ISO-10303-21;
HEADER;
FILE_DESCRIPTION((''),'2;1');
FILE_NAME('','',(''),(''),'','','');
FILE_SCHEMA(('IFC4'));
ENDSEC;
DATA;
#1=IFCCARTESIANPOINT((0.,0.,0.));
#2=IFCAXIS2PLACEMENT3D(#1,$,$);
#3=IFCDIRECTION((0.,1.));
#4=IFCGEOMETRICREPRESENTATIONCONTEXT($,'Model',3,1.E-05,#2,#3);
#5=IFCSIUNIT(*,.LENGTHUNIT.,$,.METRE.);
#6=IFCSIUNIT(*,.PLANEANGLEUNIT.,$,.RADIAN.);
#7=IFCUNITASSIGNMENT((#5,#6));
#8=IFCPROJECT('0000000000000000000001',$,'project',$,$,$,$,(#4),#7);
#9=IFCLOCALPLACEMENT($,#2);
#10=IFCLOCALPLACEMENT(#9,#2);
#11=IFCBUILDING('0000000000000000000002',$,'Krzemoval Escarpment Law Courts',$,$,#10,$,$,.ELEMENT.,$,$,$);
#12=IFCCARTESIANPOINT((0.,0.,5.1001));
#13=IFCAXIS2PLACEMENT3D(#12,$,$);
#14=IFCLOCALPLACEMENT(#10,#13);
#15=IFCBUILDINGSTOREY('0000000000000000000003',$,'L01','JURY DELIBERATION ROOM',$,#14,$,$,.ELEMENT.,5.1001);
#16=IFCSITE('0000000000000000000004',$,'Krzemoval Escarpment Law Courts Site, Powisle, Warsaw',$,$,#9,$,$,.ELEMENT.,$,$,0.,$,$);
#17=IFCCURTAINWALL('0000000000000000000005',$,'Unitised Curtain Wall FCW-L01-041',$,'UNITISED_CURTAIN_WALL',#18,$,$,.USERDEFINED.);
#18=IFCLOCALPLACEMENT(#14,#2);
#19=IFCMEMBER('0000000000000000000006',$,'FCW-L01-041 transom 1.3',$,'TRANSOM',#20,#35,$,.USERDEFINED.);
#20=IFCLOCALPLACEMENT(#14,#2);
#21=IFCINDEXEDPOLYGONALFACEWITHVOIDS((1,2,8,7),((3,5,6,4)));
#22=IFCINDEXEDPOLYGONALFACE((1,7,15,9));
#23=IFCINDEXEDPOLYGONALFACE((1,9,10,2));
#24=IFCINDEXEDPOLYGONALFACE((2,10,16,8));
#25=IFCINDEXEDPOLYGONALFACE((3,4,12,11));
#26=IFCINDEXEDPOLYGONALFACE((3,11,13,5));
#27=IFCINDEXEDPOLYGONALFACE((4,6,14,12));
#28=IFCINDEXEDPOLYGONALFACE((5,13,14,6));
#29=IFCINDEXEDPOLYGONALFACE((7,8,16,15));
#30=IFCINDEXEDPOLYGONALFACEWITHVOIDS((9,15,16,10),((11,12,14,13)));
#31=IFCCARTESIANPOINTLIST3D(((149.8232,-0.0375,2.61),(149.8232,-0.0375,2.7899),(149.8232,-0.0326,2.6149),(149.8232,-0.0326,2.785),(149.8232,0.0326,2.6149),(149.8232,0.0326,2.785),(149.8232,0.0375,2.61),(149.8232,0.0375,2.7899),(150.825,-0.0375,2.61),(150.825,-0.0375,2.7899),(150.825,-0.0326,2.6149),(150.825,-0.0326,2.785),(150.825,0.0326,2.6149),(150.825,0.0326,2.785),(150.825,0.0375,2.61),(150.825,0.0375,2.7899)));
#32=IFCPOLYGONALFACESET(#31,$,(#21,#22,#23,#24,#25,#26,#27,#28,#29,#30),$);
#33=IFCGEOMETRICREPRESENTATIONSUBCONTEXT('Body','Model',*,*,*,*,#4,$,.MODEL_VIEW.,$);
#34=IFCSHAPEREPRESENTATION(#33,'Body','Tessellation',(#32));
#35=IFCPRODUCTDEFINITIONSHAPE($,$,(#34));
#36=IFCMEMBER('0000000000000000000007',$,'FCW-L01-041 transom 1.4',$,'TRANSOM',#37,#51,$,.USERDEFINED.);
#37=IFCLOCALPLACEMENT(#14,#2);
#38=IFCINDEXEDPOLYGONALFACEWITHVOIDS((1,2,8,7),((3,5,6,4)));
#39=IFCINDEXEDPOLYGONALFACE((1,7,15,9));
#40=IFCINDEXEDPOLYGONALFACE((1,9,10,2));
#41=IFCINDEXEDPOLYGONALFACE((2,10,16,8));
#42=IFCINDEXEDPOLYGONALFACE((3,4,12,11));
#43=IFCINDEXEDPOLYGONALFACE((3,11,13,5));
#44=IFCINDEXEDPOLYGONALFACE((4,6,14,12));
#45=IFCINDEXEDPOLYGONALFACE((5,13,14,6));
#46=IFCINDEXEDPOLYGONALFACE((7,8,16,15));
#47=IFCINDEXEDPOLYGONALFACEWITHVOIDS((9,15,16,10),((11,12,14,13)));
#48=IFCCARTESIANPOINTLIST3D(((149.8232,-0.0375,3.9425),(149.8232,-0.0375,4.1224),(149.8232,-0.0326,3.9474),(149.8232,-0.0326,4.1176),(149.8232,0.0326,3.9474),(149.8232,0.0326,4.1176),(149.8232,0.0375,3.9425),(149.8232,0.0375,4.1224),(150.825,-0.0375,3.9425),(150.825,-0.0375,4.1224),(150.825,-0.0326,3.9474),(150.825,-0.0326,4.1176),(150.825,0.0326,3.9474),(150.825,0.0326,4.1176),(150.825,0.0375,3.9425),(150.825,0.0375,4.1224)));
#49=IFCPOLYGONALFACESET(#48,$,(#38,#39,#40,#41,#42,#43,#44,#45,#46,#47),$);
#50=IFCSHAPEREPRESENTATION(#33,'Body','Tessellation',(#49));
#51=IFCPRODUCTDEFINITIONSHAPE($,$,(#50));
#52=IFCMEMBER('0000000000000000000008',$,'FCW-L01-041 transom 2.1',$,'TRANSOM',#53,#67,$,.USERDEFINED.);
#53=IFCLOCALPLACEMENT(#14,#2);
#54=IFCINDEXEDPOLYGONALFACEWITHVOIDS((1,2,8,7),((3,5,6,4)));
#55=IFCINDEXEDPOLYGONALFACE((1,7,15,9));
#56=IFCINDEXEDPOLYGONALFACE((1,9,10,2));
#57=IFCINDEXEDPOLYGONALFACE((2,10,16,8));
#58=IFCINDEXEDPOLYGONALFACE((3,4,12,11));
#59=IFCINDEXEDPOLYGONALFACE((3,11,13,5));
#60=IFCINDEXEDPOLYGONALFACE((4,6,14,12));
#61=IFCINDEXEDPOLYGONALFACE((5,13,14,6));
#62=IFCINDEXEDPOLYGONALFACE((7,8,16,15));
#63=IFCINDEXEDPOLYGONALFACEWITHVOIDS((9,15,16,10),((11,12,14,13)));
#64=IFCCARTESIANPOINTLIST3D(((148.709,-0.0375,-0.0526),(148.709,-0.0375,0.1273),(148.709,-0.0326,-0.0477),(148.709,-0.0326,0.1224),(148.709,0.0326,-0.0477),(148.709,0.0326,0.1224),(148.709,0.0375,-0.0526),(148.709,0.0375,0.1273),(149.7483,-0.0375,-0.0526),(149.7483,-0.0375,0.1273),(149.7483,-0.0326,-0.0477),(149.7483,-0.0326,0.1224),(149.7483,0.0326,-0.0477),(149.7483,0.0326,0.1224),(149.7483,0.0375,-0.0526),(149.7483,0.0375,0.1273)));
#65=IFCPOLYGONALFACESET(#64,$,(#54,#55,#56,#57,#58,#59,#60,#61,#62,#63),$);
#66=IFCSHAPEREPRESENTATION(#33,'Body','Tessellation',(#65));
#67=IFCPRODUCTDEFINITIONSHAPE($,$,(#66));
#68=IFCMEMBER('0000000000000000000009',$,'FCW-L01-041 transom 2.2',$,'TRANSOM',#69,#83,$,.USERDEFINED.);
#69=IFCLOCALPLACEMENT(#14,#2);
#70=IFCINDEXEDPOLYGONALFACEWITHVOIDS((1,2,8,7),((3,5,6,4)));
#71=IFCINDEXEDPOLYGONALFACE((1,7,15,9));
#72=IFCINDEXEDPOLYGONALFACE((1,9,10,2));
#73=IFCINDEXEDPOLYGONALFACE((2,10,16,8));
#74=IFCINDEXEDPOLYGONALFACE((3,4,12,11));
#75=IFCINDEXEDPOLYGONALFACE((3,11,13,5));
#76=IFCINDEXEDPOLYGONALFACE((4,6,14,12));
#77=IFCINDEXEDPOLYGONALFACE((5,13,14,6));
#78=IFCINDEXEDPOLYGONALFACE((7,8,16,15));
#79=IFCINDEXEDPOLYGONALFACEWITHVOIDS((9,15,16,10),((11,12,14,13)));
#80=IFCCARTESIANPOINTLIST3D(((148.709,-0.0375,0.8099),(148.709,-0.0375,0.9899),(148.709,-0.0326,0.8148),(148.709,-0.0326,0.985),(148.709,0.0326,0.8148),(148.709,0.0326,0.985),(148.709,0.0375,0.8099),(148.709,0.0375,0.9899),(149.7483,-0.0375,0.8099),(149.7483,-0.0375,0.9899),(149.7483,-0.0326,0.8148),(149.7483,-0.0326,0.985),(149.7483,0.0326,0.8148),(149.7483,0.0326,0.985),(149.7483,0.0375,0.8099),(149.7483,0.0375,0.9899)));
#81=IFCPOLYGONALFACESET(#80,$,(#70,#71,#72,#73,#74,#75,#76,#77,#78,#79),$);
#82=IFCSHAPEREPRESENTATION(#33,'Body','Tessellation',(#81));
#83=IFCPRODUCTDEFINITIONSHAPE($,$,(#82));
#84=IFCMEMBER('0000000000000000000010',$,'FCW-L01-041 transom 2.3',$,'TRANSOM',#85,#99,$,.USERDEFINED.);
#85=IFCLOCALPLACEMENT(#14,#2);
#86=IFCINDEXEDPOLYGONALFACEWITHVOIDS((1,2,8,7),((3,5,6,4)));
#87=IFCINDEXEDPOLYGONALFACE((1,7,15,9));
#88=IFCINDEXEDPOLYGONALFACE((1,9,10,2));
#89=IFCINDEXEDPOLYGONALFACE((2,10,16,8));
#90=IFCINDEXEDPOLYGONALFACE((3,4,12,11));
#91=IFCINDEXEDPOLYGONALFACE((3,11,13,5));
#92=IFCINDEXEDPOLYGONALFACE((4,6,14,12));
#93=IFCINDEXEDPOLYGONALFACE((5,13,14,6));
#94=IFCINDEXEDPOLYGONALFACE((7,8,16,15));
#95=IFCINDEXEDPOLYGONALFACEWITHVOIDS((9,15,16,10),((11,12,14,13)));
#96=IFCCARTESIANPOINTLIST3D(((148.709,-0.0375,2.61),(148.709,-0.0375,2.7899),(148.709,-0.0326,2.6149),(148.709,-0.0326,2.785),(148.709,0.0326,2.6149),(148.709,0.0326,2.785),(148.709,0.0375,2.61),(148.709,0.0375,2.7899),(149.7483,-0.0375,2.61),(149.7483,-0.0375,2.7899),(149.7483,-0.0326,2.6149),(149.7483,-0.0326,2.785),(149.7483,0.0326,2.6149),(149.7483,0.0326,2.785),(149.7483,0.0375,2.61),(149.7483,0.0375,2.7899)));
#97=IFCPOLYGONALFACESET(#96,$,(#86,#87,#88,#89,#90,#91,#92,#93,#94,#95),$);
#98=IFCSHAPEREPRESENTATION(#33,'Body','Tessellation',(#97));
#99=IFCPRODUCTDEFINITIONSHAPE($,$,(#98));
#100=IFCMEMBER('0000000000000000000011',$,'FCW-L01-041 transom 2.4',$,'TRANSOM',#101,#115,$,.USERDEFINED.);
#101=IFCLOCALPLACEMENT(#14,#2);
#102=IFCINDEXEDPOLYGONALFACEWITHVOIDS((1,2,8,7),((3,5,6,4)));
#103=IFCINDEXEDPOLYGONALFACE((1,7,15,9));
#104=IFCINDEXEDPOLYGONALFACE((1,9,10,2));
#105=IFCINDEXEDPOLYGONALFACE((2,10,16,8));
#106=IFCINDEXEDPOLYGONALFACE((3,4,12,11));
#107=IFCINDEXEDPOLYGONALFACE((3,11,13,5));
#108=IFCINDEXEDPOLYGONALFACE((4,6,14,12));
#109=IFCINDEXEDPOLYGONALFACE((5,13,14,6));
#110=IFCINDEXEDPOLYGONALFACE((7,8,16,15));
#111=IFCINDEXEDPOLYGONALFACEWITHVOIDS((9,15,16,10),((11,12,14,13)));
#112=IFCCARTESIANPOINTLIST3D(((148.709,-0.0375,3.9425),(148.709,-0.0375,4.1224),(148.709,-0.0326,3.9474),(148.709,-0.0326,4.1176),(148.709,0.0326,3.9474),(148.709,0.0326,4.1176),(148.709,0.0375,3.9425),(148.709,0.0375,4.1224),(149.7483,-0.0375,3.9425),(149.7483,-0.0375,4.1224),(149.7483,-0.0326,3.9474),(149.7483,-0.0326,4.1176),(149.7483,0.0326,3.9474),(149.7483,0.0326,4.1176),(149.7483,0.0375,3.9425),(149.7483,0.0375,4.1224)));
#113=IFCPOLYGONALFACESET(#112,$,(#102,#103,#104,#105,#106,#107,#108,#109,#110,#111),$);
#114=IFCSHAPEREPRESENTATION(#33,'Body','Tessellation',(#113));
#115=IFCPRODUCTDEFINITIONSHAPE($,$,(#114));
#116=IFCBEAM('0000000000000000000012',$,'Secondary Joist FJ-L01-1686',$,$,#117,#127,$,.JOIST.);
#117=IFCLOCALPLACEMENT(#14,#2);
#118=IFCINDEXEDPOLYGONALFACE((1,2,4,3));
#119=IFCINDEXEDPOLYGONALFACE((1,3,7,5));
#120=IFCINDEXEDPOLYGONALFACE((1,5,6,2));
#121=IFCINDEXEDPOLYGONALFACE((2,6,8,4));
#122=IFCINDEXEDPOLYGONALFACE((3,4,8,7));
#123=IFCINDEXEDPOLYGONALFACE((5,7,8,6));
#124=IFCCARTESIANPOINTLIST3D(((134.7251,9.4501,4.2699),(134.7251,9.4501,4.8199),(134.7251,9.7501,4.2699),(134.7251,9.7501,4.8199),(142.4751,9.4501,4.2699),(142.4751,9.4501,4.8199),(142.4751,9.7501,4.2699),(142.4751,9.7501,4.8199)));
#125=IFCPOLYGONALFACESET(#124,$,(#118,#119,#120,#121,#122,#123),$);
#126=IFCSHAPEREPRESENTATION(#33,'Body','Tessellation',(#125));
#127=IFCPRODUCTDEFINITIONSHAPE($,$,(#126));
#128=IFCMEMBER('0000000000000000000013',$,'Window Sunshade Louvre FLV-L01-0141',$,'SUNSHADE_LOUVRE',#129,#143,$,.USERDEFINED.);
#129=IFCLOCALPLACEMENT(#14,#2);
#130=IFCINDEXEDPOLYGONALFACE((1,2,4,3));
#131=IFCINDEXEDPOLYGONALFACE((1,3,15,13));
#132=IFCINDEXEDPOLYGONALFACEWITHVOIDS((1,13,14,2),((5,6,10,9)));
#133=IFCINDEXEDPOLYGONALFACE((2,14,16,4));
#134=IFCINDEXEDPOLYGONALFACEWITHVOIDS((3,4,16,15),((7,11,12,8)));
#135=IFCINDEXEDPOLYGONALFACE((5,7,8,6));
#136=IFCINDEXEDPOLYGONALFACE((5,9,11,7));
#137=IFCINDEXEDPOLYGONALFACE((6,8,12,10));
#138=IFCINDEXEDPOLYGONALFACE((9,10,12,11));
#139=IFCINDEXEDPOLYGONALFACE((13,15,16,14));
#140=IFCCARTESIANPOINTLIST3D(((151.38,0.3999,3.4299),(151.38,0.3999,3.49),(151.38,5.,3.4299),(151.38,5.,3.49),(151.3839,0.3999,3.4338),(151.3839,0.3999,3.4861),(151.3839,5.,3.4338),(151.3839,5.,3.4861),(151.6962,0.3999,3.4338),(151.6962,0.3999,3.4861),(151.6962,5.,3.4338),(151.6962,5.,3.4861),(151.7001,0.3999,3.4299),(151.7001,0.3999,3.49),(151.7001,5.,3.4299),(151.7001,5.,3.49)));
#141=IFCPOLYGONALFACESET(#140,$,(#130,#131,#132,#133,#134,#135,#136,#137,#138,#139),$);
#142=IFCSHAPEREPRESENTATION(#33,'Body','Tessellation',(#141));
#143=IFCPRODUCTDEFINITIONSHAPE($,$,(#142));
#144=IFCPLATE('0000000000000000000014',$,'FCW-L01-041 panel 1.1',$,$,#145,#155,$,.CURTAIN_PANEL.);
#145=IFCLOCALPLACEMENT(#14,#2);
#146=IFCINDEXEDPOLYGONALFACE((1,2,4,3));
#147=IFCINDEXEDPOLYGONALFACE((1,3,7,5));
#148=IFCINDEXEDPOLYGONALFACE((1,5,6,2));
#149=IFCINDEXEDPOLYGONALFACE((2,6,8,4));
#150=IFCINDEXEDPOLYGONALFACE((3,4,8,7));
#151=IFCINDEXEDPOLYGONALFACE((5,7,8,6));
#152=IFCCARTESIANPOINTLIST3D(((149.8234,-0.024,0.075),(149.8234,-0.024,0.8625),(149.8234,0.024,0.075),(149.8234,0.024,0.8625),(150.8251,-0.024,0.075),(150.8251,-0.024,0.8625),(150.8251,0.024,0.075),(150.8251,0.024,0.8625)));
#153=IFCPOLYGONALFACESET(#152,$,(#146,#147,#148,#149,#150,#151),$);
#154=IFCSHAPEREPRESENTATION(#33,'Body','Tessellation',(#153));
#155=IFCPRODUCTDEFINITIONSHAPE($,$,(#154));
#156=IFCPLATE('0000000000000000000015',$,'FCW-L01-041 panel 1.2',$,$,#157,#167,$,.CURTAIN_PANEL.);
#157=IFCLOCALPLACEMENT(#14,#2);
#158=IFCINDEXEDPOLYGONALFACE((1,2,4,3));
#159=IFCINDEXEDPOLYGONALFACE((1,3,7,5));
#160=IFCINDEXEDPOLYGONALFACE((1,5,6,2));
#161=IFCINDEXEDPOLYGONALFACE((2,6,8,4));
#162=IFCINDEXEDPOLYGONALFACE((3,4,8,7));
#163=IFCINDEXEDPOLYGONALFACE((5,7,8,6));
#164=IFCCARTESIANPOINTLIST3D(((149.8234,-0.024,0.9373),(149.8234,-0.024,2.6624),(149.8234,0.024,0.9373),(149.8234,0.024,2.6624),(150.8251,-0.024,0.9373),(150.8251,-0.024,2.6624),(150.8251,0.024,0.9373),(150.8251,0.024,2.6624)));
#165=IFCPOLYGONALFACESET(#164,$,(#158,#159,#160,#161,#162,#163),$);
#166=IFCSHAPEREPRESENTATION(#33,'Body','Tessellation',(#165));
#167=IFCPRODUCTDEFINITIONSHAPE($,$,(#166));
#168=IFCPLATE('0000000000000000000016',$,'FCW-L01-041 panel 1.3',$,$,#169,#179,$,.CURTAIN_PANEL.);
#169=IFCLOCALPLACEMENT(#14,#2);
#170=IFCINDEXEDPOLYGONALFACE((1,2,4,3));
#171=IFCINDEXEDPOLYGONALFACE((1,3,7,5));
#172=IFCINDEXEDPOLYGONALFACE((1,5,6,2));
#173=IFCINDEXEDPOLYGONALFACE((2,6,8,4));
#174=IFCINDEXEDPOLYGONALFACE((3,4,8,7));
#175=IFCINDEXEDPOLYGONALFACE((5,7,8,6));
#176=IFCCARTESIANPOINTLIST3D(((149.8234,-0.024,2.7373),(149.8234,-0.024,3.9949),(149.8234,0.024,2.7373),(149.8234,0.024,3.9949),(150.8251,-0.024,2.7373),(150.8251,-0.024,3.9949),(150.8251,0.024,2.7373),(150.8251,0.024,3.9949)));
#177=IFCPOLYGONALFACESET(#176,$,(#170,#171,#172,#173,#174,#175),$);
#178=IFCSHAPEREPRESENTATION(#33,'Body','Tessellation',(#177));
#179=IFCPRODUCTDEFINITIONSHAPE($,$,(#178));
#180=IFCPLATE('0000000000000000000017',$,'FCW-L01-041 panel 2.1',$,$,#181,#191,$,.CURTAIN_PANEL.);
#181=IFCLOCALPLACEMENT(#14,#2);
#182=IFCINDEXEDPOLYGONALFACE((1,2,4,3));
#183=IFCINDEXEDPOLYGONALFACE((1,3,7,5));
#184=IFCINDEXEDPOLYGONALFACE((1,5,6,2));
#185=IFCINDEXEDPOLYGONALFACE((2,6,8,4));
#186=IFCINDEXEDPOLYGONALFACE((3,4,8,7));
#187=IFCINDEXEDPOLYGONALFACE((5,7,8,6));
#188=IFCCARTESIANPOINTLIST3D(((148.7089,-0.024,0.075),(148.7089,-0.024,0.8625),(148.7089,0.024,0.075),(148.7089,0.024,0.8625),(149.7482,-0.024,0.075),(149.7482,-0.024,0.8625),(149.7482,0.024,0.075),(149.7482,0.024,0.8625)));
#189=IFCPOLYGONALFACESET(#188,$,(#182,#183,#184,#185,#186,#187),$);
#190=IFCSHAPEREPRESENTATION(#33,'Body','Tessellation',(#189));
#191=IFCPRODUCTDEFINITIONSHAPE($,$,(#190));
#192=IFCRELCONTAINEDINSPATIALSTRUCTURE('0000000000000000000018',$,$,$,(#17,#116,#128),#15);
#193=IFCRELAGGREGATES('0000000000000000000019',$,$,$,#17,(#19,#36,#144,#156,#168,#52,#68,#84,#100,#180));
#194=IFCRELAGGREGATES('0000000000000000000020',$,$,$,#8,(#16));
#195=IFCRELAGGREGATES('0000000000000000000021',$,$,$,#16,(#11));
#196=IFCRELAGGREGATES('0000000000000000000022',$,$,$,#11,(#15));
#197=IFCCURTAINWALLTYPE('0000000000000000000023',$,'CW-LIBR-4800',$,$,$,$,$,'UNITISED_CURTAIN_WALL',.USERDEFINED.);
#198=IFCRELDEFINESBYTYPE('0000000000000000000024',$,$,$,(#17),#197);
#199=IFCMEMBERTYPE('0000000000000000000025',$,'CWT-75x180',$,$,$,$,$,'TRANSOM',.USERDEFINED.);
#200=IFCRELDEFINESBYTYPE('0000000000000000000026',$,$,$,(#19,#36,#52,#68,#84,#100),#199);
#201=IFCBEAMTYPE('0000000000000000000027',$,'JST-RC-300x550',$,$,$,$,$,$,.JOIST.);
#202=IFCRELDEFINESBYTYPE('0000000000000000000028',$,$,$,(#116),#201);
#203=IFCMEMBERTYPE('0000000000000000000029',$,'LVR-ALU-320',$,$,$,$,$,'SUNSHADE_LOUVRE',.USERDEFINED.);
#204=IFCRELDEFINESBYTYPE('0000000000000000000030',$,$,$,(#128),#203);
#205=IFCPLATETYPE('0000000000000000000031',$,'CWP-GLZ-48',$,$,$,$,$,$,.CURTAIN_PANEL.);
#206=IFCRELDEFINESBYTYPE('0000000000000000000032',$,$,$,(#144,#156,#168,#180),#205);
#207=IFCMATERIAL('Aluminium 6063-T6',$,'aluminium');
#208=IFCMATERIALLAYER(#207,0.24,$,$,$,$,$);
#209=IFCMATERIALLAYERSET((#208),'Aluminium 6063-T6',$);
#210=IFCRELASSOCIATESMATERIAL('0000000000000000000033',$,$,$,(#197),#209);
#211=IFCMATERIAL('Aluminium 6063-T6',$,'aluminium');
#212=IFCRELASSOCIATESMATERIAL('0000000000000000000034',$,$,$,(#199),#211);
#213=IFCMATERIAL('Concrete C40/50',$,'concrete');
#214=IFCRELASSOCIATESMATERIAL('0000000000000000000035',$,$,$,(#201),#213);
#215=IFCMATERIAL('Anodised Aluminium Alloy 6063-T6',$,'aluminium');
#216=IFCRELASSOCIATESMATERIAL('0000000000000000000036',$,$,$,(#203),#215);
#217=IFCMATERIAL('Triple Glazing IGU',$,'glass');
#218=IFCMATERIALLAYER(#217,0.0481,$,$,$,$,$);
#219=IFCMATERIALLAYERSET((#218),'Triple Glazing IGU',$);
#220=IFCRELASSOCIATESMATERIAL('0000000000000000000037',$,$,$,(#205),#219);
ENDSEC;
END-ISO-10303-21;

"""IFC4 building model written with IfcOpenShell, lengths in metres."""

from ifc_helpers import new_model, si_unit, direction, frame, origin, origin_2d, place, context, subcontext, project, spatial, rectangle, hollow_rectangle, extrude, material, layer, layer_set, material_profile, profile_set, type_object, element, aggregate, save


model = new_model("IFC4")

# Units and contexts
model_context = context("Model", 3, precision=1e-05, world=origin(), true_north=direction((0.0, 1.0)))
body_context = subcontext(model_context, "Body", "Model", "MODEL_VIEW")
ifc_project = project(units=[si_unit("LENGTHUNIT", "METRE"), si_unit("PLANEANGLEUNIT", "RADIAN")], contexts=[model_context])

# Site, building, storey
site_placement = place(None, origin())
site = spatial("IfcSite", under=ifc_project, at=site_placement, Name="Krzemoval Escarpment Law Courts Site, Powisle, Warsaw", CompositionType="ELEMENT", RefElevation=0.0)
building_placement = place(site_placement, origin())
building = spatial("IfcBuilding", under=site, at=building_placement, Name="Krzemoval Escarpment Law Courts", CompositionType="ELEMENT")
storey_placement = place(building_placement, frame((0.0, 0.0, 5.1001)))
storey = spatial("IfcBuildingStorey", under=building, at=storey_placement, Name="L01", Description="JURY DELIBERATION ROOM", CompositionType="ELEMENT", Elevation=5.1001)

# Curtain wall, members
ifc_material_1 = material(Name="Aluminium 6063-T6", Category="aluminium")
ifc_layer_1 = layer(ifc_material_1, 0.24)
ifc_layer_set_1 = layer_set([ifc_layer_1], Name="Aluminium 6063-T6")
curtain_wall_type = type_object("IfcCurtainWallType", Name="CW-LIBR-4800", ElementType="UNITISED_CURTAIN_WALL", PredefinedType="USERDEFINED", material=ifc_layer_set_1)
curtain_wall_placement = place(storey_placement, origin())
curtain_wall = element("IfcCurtainWall", 1, at=curtain_wall_placement, inside=storey, type_object=curtain_wall_type, Name="Unitised Curtain Wall FCW-L01-041", ObjectType="UNITISED_CURTAIN_WALL", PredefinedType="USERDEFINED")
ifc_material_2 = material(Name="Aluminium 6063-T6", Category="aluminium")
ifc_material_profile_1 = material_profile(ifc_material_2, hollow_rectangle(XDim=0.075, YDim=0.1799, WallThickness=0.0049, at=origin_2d()), Name="ALU T75x180")
ifc_profile_set_1 = profile_set([ifc_material_profile_1], Name="Aluminium 6063-T6")
member_type_1 = type_object("IfcMemberType", Name="CWT-75x180", ElementType="TRANSOM", PredefinedType="USERDEFINED", material=ifc_profile_set_1)
member_1_placement = place(storey_placement, frame((150.825, 0.0, 2.7), z_axis=(-1.0, 0.0, 0.0), x_axis=(0.0, -1.0, 0.0)))
member_1 = element("IfcMember", 2, at=member_1_placement, type_object=member_type_1, Name="FCW-L01-041 transom 1.3", ObjectType="TRANSOM", PredefinedType="USERDEFINED", context=body_context, shape_type="SweptSolid", body=[
    extrude(hollow_rectangle(XDim=0.075, YDim=0.1799, WallThickness=0.0049, at=origin_2d()), origin(), (0.0, 0.0, 1.0), 1.0017),
])
member_2_placement = place(storey_placement, frame((150.825, 0.0, 4.0325), z_axis=(-1.0, 0.0, 0.0), x_axis=(0.0, -1.0, 0.0)))
member_2 = element("IfcMember", 3, at=member_2_placement, type_object=member_type_1, Name="FCW-L01-041 transom 1.4", ObjectType="TRANSOM", PredefinedType="USERDEFINED", context=body_context, shape_type="SweptSolid", body=[
    extrude(hollow_rectangle(XDim=0.075, YDim=0.1799, WallThickness=0.0049, at=origin_2d()), origin(), (0.0, 0.0, 1.0), 1.0017),
])
member_3_placement = place(storey_placement, frame((149.7483, 0.0, 0.0374), z_axis=(-1.0, 0.0, 0.0), x_axis=(0.0, -1.0, 0.0)))
member_3 = element("IfcMember", 4, at=member_3_placement, type_object=member_type_1, Name="FCW-L01-041 transom 2.1", ObjectType="TRANSOM", PredefinedType="USERDEFINED", context=body_context, shape_type="SweptSolid", body=[
    extrude(hollow_rectangle(XDim=0.075, YDim=0.1799, WallThickness=0.0049, at=origin_2d()), origin(), (0.0, 0.0, 1.0), 1.0393),
])
member_4_placement = place(storey_placement, frame((149.7483, 0.0, 0.8999), z_axis=(-1.0, 0.0, 0.0), x_axis=(0.0, -1.0, 0.0)))
member_4 = element("IfcMember", 5, at=member_4_placement, type_object=member_type_1, Name="FCW-L01-041 transom 2.2", ObjectType="TRANSOM", PredefinedType="USERDEFINED", context=body_context, shape_type="SweptSolid", body=[
    extrude(hollow_rectangle(XDim=0.075, YDim=0.1799, WallThickness=0.0049, at=origin_2d()), origin(), (0.0, 0.0, 1.0), 1.0393),
])
member_5_placement = place(storey_placement, frame((149.7483, 0.0, 2.7), z_axis=(-1.0, 0.0, 0.0), x_axis=(0.0, -1.0, 0.0)))
member_5 = element("IfcMember", 6, at=member_5_placement, type_object=member_type_1, Name="FCW-L01-041 transom 2.3", ObjectType="TRANSOM", PredefinedType="USERDEFINED", context=body_context, shape_type="SweptSolid", body=[
    extrude(hollow_rectangle(XDim=0.075, YDim=0.1799, WallThickness=0.0049, at=origin_2d()), origin(), (0.0, 0.0, 1.0), 1.0393),
])
member_6_placement = place(storey_placement, frame((149.7483, 0.0, 4.0325), z_axis=(-1.0, 0.0, 0.0), x_axis=(0.0, -1.0, 0.0)))
member_6 = element("IfcMember", 7, at=member_6_placement, type_object=member_type_1, Name="FCW-L01-041 transom 2.4", ObjectType="TRANSOM", PredefinedType="USERDEFINED", context=body_context, shape_type="SweptSolid", body=[
    extrude(hollow_rectangle(XDim=0.075, YDim=0.1799, WallThickness=0.0049, at=origin_2d()), origin(), (0.0, 0.0, 1.0), 1.0393),
])

# Beam
ifc_material_3 = material(Name="Concrete C40/50", Category="concrete")
ifc_material_profile_2 = material_profile(ifc_material_3, rectangle(XDim=0.3, YDim=0.55, at=origin_2d()), Name="RCB 300x550")
ifc_profile_set_2 = profile_set([ifc_material_profile_2], Name="Concrete C40/50")
beam_type_1 = type_object("IfcBeamType", Name="JST-RC-300x550", PredefinedType="JOIST", material=ifc_profile_set_2)
beam_1_placement = place(storey_placement, frame((134.7251, 9.6001, 4.5449), z_axis=(1.0, 0.0, 0.0), x_axis=(0.0, 1.0, 0.0)))
element("IfcBeam", 8, at=beam_1_placement, inside=storey, type_object=beam_type_1, Name="Secondary Joist FJ-L01-1686", PredefinedType="JOIST", context=body_context, shape_type="SweptSolid", body=[
    extrude(rectangle(XDim=0.3, YDim=0.55, at=origin_2d()), origin(), (0.0, 0.0, 1.0), 7.75),
])

# Member
ifc_material_4 = material(Name="Anodised Aluminium Alloy 6063-T6", Category="aluminium")
ifc_material_profile_3 = material_profile(ifc_material_4, hollow_rectangle(XDim=0.0601, YDim=0.3201, WallThickness=0.0039, at=origin_2d()), Name="ALU LVR 60x320")
ifc_profile_set_3 = profile_set([ifc_material_profile_3], Name="Anodised Aluminium Alloy 6063-T6")
member_type_2 = type_object("IfcMemberType", Name="LVR-ALU-320", ElementType="SUNSHADE_LOUVRE", PredefinedType="USERDEFINED", material=ifc_profile_set_3)
member_7_placement = place(storey_placement, frame((151.54, 5.0, 3.46), z_axis=(0.0, -1.0, 0.0), x_axis=(0.0, 0.0, 1.0)))
element("IfcMember", 9, at=member_7_placement, inside=storey, type_object=member_type_2, Name="Window Sunshade Louvre FLV-L01-0141", ObjectType="SUNSHADE_LOUVRE", PredefinedType="USERDEFINED", context=body_context, shape_type="SweptSolid", body=[
    extrude(hollow_rectangle(XDim=0.0601, YDim=0.3201, WallThickness=0.0039, at=origin_2d()), origin(), (0.0, 0.0, 1.0), 4.6001),
])

# Plates
ifc_material_5 = material(Name="Triple Glazing IGU", Category="glass")
ifc_layer_2 = layer(ifc_material_5, 0.0481)
ifc_layer_set_2 = layer_set([ifc_layer_2], Name="Triple Glazing IGU")
plate_type = type_object("IfcPlateType", Name="CWP-GLZ-48", PredefinedType="CURTAIN_PANEL", material=ifc_layer_set_2)
plate_1_placement = place(storey_placement, frame((150.3242, 0.0, 0.075), z_axis=(0.0, 0.0, 1.0), x_axis=(-1.0, 0.0, 0.0)))
plate_1 = element("IfcPlate", 10, at=plate_1_placement, type_object=plate_type, Name="FCW-L01-041 panel 1.1", PredefinedType="CURTAIN_PANEL", context=body_context, shape_type="SweptSolid", body=[
    extrude(rectangle(XDim=1.0017, YDim=0.0481, at=origin_2d()), origin(), (0.0, 0.0, 1.0), 0.7876),
])
plate_2_placement = place(storey_placement, frame((150.3242, 0.0, 0.9373), z_axis=(0.0, 0.0, 1.0), x_axis=(-1.0, 0.0, 0.0)))
plate_2 = element("IfcPlate", 11, at=plate_2_placement, type_object=plate_type, Name="FCW-L01-041 panel 1.2", PredefinedType="CURTAIN_PANEL", context=body_context, shape_type="SweptSolid", body=[
    extrude(rectangle(XDim=1.0017, YDim=0.0481, at=origin_2d()), origin(), (0.0, 0.0, 1.0), 1.7251),
])
plate_3_placement = place(storey_placement, frame((150.3242, 0.0, 2.7373), z_axis=(0.0, 0.0, 1.0), x_axis=(-1.0, 0.0, 0.0)))
plate_3 = element("IfcPlate", 12, at=plate_3_placement, type_object=plate_type, Name="FCW-L01-041 panel 1.3", PredefinedType="CURTAIN_PANEL", context=body_context, shape_type="SweptSolid", body=[
    extrude(rectangle(XDim=1.0017, YDim=0.0481, at=origin_2d()), origin(), (0.0, 0.0, 1.0), 1.2576),
])
plate_4_placement = place(storey_placement, frame((149.2285, 0.0, 0.075), z_axis=(0.0, 0.0, 1.0), x_axis=(-1.0, 0.0, 0.0)))
plate_4 = element("IfcPlate", 13, at=plate_4_placement, type_object=plate_type, Name="FCW-L01-041 panel 2.1", PredefinedType="CURTAIN_PANEL", context=body_context, shape_type="SweptSolid", body=[
    extrude(rectangle(XDim=1.0393, YDim=0.0481, at=origin_2d()), origin(), (0.0, 0.0, 1.0), 0.7876),
])
aggregate(curtain_wall, [member_1, member_2, plate_1, plate_2, plate_3, member_3, member_4, member_5, member_6, plate_4])

save(model, "model.ifc")
